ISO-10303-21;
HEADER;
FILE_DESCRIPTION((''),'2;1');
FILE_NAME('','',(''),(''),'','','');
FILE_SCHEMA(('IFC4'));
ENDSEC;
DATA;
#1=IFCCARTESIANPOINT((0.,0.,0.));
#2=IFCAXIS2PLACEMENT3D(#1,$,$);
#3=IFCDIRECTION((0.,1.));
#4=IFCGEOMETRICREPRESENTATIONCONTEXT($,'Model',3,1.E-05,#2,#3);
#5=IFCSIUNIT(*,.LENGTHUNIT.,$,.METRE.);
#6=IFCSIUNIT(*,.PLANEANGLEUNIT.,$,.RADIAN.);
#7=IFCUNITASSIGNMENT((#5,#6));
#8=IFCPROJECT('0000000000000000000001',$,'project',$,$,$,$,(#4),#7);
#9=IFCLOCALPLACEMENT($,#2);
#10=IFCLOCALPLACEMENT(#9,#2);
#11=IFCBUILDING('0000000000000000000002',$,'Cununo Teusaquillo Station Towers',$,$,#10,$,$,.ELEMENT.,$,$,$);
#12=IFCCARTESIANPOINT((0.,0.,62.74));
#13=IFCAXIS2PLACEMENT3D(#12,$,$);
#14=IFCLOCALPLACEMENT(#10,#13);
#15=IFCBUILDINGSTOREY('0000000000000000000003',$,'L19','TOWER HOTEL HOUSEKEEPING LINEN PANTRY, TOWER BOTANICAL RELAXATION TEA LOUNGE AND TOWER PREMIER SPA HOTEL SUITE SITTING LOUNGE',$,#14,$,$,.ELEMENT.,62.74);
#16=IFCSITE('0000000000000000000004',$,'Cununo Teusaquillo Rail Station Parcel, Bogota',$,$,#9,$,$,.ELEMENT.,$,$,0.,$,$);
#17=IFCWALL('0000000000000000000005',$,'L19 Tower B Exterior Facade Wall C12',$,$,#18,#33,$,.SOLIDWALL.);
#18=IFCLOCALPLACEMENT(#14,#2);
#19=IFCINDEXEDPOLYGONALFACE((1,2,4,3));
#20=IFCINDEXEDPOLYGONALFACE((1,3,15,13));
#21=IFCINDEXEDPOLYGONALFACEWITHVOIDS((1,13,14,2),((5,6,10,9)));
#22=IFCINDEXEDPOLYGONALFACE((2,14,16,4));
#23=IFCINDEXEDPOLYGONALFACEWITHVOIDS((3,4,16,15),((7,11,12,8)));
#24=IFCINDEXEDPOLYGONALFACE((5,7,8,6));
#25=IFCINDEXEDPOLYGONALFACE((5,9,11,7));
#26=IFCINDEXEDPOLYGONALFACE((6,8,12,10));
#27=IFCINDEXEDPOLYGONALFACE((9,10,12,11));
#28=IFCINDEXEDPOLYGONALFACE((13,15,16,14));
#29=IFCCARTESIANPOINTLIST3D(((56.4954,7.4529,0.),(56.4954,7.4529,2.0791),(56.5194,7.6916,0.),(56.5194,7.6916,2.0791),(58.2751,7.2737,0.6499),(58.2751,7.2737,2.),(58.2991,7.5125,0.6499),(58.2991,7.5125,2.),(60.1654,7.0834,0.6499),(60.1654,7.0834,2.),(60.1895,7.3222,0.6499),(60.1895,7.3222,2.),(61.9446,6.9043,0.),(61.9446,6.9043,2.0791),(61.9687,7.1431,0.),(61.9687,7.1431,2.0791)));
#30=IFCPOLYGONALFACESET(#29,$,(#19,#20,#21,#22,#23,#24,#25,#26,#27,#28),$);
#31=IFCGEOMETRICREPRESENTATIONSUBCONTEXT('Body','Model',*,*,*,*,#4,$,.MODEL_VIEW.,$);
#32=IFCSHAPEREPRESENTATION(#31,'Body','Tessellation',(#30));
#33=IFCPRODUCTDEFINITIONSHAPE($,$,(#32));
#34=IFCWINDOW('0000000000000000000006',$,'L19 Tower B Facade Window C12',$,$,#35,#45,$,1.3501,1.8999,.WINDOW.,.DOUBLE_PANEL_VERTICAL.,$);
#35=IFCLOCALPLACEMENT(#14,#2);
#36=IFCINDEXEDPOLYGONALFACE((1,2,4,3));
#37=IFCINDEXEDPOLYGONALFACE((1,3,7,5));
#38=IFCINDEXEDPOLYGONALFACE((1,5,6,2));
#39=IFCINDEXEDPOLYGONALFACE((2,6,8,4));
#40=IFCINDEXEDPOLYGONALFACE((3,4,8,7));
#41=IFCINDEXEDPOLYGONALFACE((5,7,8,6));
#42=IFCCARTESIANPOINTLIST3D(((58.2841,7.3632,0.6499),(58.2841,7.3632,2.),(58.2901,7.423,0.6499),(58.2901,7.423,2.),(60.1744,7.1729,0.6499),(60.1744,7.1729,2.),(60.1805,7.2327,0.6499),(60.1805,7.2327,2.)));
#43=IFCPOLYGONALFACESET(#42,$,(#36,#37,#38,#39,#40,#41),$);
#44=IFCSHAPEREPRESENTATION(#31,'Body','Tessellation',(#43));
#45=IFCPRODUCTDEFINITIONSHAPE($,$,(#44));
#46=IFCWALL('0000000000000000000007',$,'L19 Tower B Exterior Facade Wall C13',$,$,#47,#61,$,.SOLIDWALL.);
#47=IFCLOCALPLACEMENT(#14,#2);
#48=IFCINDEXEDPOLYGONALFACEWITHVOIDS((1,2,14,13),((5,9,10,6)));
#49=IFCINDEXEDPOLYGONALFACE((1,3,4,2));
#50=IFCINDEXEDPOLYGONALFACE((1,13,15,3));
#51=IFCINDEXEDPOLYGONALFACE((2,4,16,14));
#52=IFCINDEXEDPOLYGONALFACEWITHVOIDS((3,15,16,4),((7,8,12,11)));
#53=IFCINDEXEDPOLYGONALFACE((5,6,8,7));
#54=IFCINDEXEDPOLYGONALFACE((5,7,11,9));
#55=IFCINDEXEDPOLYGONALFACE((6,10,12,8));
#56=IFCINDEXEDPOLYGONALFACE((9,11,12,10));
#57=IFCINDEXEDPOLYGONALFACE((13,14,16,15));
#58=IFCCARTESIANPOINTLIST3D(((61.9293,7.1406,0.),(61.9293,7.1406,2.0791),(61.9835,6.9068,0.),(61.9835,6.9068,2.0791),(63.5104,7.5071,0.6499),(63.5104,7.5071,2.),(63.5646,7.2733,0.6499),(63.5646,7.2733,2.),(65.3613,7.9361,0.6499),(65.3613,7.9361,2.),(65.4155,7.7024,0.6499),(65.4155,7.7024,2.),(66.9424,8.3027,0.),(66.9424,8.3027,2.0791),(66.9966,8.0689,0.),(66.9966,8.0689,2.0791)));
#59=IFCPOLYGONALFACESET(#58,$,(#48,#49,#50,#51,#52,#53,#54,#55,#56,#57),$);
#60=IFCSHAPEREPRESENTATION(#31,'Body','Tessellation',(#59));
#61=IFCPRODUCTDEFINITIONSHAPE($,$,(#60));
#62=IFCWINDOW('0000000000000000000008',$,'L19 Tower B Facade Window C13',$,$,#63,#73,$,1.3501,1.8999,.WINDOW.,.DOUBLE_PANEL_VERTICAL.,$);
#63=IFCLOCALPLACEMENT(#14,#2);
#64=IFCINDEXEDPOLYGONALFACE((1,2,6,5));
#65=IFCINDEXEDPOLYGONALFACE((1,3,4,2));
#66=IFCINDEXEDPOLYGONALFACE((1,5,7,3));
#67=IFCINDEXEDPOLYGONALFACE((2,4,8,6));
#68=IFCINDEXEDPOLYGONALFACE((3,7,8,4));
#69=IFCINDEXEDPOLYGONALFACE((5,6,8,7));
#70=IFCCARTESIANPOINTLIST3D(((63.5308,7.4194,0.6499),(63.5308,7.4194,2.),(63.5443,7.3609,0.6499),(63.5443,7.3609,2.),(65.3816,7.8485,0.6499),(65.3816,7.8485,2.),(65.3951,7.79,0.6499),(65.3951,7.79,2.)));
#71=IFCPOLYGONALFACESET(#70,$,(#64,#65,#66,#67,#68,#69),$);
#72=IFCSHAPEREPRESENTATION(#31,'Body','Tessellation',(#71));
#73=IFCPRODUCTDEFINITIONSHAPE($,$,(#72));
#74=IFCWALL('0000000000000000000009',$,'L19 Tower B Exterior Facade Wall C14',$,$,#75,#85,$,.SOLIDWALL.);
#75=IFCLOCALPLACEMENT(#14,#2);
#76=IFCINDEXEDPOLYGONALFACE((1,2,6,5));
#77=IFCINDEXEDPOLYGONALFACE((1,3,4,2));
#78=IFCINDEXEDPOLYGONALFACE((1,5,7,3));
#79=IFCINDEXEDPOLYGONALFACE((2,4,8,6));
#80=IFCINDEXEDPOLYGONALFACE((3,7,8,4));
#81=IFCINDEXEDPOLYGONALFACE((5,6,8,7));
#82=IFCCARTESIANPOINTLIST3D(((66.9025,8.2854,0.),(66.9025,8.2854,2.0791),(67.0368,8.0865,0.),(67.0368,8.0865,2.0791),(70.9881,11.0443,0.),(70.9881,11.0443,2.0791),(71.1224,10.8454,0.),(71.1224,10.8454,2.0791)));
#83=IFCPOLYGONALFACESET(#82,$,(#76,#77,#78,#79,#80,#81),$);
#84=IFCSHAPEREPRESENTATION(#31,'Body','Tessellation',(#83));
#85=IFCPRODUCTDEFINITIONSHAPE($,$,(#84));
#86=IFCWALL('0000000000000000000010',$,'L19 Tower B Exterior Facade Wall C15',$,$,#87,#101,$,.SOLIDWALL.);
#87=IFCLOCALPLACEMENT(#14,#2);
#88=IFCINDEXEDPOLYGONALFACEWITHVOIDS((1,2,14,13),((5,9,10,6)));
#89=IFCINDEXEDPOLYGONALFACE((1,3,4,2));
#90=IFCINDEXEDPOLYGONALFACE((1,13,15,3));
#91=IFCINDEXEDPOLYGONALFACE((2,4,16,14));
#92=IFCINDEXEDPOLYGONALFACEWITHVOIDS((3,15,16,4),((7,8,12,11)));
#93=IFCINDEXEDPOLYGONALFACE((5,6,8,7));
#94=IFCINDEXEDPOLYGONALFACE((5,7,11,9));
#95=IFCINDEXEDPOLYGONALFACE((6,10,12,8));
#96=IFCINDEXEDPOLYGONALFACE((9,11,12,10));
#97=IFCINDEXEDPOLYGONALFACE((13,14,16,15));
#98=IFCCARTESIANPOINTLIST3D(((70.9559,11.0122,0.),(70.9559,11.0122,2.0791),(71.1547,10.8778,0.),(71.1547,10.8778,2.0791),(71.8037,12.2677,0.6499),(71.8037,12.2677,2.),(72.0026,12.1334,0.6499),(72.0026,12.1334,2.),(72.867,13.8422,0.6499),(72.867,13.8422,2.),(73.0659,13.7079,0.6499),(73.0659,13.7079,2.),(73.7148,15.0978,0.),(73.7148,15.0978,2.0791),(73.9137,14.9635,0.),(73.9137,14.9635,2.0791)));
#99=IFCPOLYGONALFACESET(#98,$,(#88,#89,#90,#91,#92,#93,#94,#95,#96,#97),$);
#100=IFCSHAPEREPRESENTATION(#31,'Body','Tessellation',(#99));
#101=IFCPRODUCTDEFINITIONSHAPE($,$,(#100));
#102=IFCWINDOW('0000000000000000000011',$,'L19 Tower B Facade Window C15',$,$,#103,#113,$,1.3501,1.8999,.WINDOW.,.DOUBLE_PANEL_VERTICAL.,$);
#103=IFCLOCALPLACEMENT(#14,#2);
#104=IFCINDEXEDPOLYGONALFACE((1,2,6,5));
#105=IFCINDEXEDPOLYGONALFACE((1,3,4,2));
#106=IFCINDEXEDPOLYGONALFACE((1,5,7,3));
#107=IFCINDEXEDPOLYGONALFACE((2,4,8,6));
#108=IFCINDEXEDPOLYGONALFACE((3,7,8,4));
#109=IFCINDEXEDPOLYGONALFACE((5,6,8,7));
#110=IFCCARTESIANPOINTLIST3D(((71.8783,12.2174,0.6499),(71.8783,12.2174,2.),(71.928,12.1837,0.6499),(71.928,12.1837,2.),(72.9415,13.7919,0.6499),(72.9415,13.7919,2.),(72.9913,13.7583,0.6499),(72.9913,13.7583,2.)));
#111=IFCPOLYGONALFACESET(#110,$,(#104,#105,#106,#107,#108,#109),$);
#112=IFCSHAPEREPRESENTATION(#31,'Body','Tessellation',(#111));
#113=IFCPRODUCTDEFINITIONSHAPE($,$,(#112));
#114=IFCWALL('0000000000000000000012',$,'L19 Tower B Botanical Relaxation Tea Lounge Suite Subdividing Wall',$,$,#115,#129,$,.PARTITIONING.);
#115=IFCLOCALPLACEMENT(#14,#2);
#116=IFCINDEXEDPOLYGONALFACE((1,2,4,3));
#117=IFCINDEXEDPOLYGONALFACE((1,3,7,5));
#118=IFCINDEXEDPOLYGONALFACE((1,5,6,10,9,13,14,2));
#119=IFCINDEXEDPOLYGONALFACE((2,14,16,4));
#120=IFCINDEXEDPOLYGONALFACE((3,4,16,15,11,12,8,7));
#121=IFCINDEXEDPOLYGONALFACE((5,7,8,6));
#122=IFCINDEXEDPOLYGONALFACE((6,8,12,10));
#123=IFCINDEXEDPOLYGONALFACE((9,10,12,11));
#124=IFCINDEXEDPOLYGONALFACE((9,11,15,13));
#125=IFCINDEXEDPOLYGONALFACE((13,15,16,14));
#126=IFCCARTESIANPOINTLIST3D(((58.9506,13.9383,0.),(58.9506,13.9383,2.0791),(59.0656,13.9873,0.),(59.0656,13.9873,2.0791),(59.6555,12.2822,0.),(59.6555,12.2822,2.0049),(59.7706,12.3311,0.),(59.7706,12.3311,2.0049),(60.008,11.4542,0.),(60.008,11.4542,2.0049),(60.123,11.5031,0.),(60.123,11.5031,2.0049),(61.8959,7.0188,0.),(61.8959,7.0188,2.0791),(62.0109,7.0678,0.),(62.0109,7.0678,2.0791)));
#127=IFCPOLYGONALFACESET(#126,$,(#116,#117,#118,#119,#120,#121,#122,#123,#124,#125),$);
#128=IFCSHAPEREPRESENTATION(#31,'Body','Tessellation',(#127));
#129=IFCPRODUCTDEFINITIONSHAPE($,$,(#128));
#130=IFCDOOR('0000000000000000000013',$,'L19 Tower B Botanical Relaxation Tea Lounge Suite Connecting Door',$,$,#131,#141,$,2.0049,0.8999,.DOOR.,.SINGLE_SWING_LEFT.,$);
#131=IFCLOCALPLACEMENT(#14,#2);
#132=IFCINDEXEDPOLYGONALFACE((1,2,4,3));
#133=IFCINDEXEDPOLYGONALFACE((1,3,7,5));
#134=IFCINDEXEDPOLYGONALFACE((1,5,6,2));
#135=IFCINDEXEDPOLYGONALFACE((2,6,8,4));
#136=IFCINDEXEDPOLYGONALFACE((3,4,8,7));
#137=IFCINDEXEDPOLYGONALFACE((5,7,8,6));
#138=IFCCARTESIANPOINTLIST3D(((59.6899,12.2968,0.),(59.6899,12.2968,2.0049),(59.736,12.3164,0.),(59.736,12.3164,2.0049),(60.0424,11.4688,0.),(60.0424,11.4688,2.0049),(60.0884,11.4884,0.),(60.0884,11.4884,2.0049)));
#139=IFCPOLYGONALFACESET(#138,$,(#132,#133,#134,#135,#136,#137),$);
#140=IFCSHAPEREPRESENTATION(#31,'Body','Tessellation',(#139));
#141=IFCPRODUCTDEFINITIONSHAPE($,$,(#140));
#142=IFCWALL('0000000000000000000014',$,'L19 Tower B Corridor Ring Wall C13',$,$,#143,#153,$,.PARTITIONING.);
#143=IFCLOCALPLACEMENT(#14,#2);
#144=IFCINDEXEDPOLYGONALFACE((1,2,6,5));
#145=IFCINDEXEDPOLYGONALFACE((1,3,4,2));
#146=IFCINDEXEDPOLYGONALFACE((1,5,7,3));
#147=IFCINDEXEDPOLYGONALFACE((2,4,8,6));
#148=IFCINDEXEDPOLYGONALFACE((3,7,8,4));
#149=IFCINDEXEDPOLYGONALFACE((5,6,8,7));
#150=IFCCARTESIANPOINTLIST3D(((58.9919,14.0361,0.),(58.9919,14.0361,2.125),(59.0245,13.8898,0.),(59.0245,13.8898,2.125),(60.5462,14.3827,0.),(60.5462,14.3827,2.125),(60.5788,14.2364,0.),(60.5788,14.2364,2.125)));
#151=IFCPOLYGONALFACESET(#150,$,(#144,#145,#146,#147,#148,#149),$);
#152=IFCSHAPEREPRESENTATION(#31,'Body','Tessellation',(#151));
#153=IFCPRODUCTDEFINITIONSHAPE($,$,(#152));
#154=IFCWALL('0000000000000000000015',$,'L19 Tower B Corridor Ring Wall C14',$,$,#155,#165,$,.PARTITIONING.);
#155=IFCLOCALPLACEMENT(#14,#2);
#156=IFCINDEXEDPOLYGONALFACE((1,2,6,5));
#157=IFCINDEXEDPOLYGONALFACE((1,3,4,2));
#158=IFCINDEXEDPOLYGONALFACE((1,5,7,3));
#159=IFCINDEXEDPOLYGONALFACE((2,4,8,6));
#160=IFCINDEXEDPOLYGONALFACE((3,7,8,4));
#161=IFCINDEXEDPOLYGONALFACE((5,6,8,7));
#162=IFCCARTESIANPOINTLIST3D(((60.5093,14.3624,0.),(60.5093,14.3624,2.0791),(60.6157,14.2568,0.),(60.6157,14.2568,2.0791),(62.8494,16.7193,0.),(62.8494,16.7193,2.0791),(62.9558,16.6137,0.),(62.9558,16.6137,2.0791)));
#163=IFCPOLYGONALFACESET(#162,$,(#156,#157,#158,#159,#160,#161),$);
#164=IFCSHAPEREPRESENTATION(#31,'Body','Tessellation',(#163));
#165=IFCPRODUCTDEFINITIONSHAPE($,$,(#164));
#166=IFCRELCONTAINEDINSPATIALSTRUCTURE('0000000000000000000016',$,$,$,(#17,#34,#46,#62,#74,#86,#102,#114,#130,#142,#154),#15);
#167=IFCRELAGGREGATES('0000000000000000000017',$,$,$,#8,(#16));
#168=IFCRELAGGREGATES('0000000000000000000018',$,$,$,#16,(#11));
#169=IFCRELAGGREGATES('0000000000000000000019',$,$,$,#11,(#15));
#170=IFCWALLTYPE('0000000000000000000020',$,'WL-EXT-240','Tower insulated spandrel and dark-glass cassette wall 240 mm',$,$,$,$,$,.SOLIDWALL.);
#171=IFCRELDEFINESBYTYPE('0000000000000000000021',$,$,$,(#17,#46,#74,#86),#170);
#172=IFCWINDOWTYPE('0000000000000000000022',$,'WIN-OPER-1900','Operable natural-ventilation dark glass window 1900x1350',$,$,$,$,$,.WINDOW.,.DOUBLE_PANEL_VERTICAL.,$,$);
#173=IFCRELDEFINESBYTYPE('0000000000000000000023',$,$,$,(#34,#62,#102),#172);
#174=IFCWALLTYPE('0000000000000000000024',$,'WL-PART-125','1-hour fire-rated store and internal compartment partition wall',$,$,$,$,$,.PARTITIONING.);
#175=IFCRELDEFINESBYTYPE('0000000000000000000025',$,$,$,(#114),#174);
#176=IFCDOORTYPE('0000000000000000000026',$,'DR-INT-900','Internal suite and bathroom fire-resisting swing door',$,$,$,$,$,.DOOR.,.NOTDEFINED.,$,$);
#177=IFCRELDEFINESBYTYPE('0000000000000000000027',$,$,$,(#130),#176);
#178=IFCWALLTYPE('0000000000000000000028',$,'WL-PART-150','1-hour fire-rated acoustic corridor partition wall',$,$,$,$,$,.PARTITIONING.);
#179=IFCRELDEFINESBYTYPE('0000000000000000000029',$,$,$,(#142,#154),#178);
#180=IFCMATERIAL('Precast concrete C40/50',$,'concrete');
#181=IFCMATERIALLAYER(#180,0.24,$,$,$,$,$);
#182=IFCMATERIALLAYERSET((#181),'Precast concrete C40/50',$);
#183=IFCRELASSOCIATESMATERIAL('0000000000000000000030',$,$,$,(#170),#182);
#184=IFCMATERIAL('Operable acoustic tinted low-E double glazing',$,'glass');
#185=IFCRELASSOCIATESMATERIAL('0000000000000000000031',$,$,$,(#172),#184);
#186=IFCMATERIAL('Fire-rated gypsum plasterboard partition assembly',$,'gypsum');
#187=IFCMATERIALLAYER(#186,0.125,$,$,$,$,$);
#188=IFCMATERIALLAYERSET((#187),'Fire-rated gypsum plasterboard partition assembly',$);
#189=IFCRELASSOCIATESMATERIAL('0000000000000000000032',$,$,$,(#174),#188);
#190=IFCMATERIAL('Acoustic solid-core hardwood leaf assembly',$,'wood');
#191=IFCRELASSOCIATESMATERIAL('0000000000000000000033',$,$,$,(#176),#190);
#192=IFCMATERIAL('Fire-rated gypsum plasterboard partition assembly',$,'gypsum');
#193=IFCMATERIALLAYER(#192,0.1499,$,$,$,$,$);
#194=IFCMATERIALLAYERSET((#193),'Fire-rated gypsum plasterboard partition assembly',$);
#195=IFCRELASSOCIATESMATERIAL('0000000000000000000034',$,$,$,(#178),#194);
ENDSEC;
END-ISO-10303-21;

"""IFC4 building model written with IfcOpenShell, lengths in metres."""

from ifc_helpers import new_model, si_unit, direction, frame, frame_2d, origin, place, context, subcontext, project, spatial, rectangle, extrude, source, transform, mapped, material, layer, layer_set, type_object, element, fill, save


model = new_model("IFC4")

# Units and contexts
model_context = context("Model", 3, precision=1e-05, world=origin(), true_north=direction((0.0, 1.0)))
body_context = subcontext(model_context, "Body", "Model", "MODEL_VIEW")
ifc_project = project(units=[si_unit("LENGTHUNIT", "METRE"), si_unit("PLANEANGLEUNIT", "RADIAN")], contexts=[model_context])

# Site, building, storey
site_placement = place(None, origin())
site = spatial("IfcSite", under=ifc_project, at=site_placement, Name="Cununo Teusaquillo Rail Station Parcel, Bogota", CompositionType="ELEMENT", RefElevation=0.0)
building_placement = place(site_placement, origin())
building = spatial("IfcBuilding", under=site, at=building_placement, Name="Cununo Teusaquillo Station Towers", CompositionType="ELEMENT")
storey_placement = place(building_placement, frame((0.0, 0.0, 62.74)))
storey = spatial("IfcBuildingStorey", under=building, at=storey_placement, Name="L19", Description="TOWER HOTEL HOUSEKEEPING LINEN PANTRY, TOWER BOTANICAL RELAXATION TEA LOUNGE AND TOWER PREMIER SPA HOTEL SUITE SITTING LOUNGE", CompositionType="ELEMENT", Elevation=62.74)

# Walls, openings, windows
ifc_material_1 = material(Name="Precast concrete C40/50", Category="concrete")
ifc_layer_1 = layer(ifc_material_1, 0.24)
ifc_layer_set_1 = layer_set([ifc_layer_1], Name="Precast concrete C40/50")
wall_type_1 = type_object("IfcWallType", Name="WL-EXT-240", Description="Tower insulated spandrel and dark-glass cassette wall 240 mm", PredefinedType="SOLIDWALL", material=ifc_layer_set_1)
wall_1_placement = place(storey_placement, frame((61.9565, 7.0237, 0.0), z_axis=(0.0, 0.0, 1.0), x_axis=(-0.994971, 0.100166, 0.0)))
wall_1 = element("IfcWall", 1, at=wall_1_placement, inside=storey, type_object=wall_type_1, Name="L19 Tower B Exterior Facade Wall C12", PredefinedType="SOLIDWALL", context=body_context, shape_type="SweptSolid", body=[
    extrude(rectangle(XDim=5.4768, YDim=0.24, at=frame_2d((2.7383, 0.0))), origin(), (0.0, 0.0, 1.0), 2.0791),
])
shared_shape_1 = source(origin(), body_context, "Body", "SweptSolid", [
    extrude(rectangle(XDim=1.8999, YDim=1.3501, at=frame_2d((0.95, 0.675))), frame((0.0, 0.1299, 0.0), z_axis=(0.0, -1.0, 0.0), x_axis=(1.0, 0.0, 0.0)), (0.0, 0.0, 1.0), 0.26),
])
opening_1_placement = place(wall_1_placement, frame((1.7881, 0.0, 0.6499)))
opening_1 = element("IfcOpeningElement", 2, at=opening_1_placement, cuts=wall_1, PredefinedType="OPENING", context=body_context, shape_type="MappedRepresentation", body=[
    mapped(shared_shape_1, transform((0.0, 0.0, 0.0), x_axis=(1.0, 0.0, 0.0), y_axis=(0.0, 1.0, 0.0), z_axis=(0.0, 0.0, 1.0), scale=1.0)),
])
ifc_material_2 = material(Name="Operable acoustic tinted low-E double glazing", Category="glass")
window_type = type_object("IfcWindowType", Name="WIN-OPER-1900", Description="Operable natural-ventilation dark glass window 1900x1350", PartitioningType="DOUBLE_PANEL_VERTICAL", PredefinedType="WINDOW", material=ifc_material_2)
shared_shape_2 = source(origin(), body_context, "Body", "SweptSolid", [
    extrude(rectangle(XDim=1.8999, YDim=1.3501, at=frame_2d((0.95, 0.675))), frame((0.0, 0.03, 0.0), z_axis=(0.0, -1.0, 0.0), x_axis=(1.0, 0.0, 0.0)), (0.0, 0.0, 1.0), 0.0601),
])
window_1_placement = place(opening_1_placement, origin())
window_1 = element("IfcWindow", 3, at=window_1_placement, inside=storey, type_object=window_type, Name="L19 Tower B Facade Window C12", OverallHeight=1.3501, OverallWidth=1.8999, PartitioningType="DOUBLE_PANEL_VERTICAL", PredefinedType="WINDOW", context=body_context, shape_type="MappedRepresentation", body=[
    mapped(shared_shape_2, transform((0.0, 0.0, 0.0), x_axis=(1.0, 0.0, 0.0), y_axis=(0.0, 1.0, 0.0), z_axis=(0.0, 0.0, 1.0), scale=1.0)),
])
fill(opening_1, window_1)
wall_2_placement = place(storey_placement, frame((66.9695, 8.1858, 0.0), z_axis=(0.0, 0.0, 1.0), x_axis=(-0.974166, -0.225833, 0.0)))
wall_2 = element("IfcWall", 4, at=wall_2_placement, inside=storey, type_object=wall_type_1, Name="L19 Tower B Exterior Facade Wall C13", PredefinedType="SOLIDWALL", context=body_context, shape_type="SweptSolid", body=[
    extrude(rectangle(XDim=5.146, YDim=0.24, at=frame_2d((2.573, 0.0))), origin(), (0.0, 0.0, 1.0), 2.0791),
])
opening_2_placement = place(wall_2_placement, frame((1.623, 0.0, 0.6499)))
opening_2 = element("IfcOpeningElement", 5, at=opening_2_placement, cuts=wall_2, PredefinedType="OPENING", context=body_context, shape_type="MappedRepresentation", body=[
    mapped(shared_shape_1, transform((0.0, 0.0, 0.0), x_axis=(1.0, 0.0, 0.0), y_axis=(0.0, 1.0, 0.0), z_axis=(0.0, 0.0, 1.0), scale=1.0)),
])
window_2_placement = place(opening_2_placement, origin())
window_2 = element("IfcWindow", 6, at=window_2_placement, inside=storey, type_object=window_type, Name="L19 Tower B Facade Window C13", OverallHeight=1.3501, OverallWidth=1.8999, PartitioningType="DOUBLE_PANEL_VERTICAL", PredefinedType="WINDOW", context=body_context, shape_type="MappedRepresentation", body=[
    mapped(shared_shape_2, transform((0.0, 0.0, 0.0), x_axis=(1.0, 0.0, 0.0), y_axis=(0.0, 1.0, 0.0), z_axis=(0.0, 0.0, 1.0), scale=1.0)),
])
fill(opening_2, window_2)

# Wall
wall_3_placement = place(storey_placement, frame((71.0552, 10.9448, 0.0), z_axis=(0.0, 0.0, 1.0), x_axis=(-0.828737, -0.559639, 0.0)))
element("IfcWall", 7, at=wall_3_placement, inside=storey, type_object=wall_type_1, Name="L19 Tower B Exterior Facade Wall C14", PredefinedType="SOLIDWALL", context=body_context, shape_type="SweptSolid", body=[
    extrude(rectangle(XDim=4.9299, YDim=0.24, at=frame_2d((2.4648, 0.0))), origin(), (0.0, 0.0, 1.0), 2.0791),
])

# Wall, opening, window
wall_4_placement = place(storey_placement, frame((73.8142, 15.0305, 0.0), z_axis=(0.0, 0.0, 1.0), x_axis=(-0.559639, -0.828737, 0.0)))
wall_4 = element("IfcWall", 8, at=wall_4_placement, inside=storey, type_object=wall_type_1, Name="L19 Tower B Exterior Facade Wall C15", PredefinedType="SOLIDWALL", context=body_context, shape_type="SweptSolid", body=[
    extrude(rectangle(XDim=4.9299, YDim=0.24, at=frame_2d((2.4648, 0.0))), origin(), (0.0, 0.0, 1.0), 2.0791),
])
opening_3_placement = place(wall_4_placement, frame((1.5149, 0.0, 0.6499)))
opening_3 = element("IfcOpeningElement", 9, at=opening_3_placement, cuts=wall_4, PredefinedType="OPENING", context=body_context, shape_type="MappedRepresentation", body=[
    mapped(shared_shape_1, transform((0.0, 0.0, 0.0), x_axis=(1.0, 0.0, 0.0), y_axis=(0.0, 1.0, 0.0), z_axis=(0.0, 0.0, 1.0), scale=1.0)),
])
window_3_placement = place(opening_3_placement, origin())
window_3 = element("IfcWindow", 10, at=window_3_placement, inside=storey, type_object=window_type, Name="L19 Tower B Facade Window C15", OverallHeight=1.3501, OverallWidth=1.8999, PartitioningType="DOUBLE_PANEL_VERTICAL", PredefinedType="WINDOW", context=body_context, shape_type="MappedRepresentation", body=[
    mapped(shared_shape_2, transform((0.0, 0.0, 0.0), x_axis=(1.0, 0.0, 0.0), y_axis=(0.0, 1.0, 0.0), z_axis=(0.0, 0.0, 1.0), scale=1.0)),
])
fill(opening_3, window_3)

# Wall, opening, door
ifc_material_3 = material(Name="Fire-rated gypsum plasterboard partition assembly", Category="gypsum")
ifc_layer_2 = layer(ifc_material_3, 0.125)
ifc_layer_set_2 = layer_set([ifc_layer_2], Name="Fire-rated gypsum plasterboard partition assembly")
wall_type_2 = type_object("IfcWallType", Name="WL-PART-125", Description="1-hour fire-rated store and internal compartment partition wall", PredefinedType="PARTITIONING", material=ifc_layer_set_2)
wall_5_placement = place(storey_placement, frame((59.0081, 13.9629, 0.0), z_axis=(0.0, 0.0, 1.0), x_axis=(0.391653, -0.920113, 0.0)))
wall_5 = element("IfcWall", 11, at=wall_5_placement, inside=storey, type_object=wall_type_2, Name="L19 Tower B Botanical Relaxation Tea Lounge Suite Subdividing Wall", PredefinedType="PARTITIONING", context=body_context, shape_type="SweptSolid", body=[
    extrude(rectangle(XDim=7.5203, YDim=0.125, at=frame_2d((3.7603, 0.0))), origin(), (0.0, 0.0, 1.0), 2.0791),
])
shared_shape_3 = source(origin(), body_context, "Body", "SweptSolid", [
    extrude(rectangle(XDim=0.8999, YDim=2.0049, at=frame_2d((0.45, 1.0024))), frame((0.0, 0.0725, 0.0), z_axis=(0.0, -1.0, 0.0), x_axis=(1.0, 0.0, 0.0)), (0.0, 0.0, 1.0), 0.145),
])
opening_4_placement = place(wall_5_placement, frame((1.8, 0.0, 0.0)))
opening_4 = element("IfcOpeningElement", 12, at=opening_4_placement, cuts=wall_5, PredefinedType="OPENING", context=body_context, shape_type="MappedRepresentation", body=[
    mapped(shared_shape_3, transform((0.0, 0.0, 0.0), x_axis=(1.0, 0.0, 0.0), y_axis=(0.0, 1.0, 0.0), z_axis=(0.0, 0.0, 1.0), scale=1.0)),
])
ifc_material_4 = material(Name="Acoustic solid-core hardwood leaf assembly", Category="wood")
door_type_1 = type_object("IfcDoorType", Name="DR-INT-900", Description="Internal suite and bathroom fire-resisting swing door", OperationType="NOTDEFINED", PredefinedType="DOOR", material=ifc_material_4)
shared_shape_4 = source(origin(), body_context, "Body", "SweptSolid", [
    extrude(rectangle(XDim=0.8999, YDim=2.0049, at=frame_2d((0.45, 1.0024))), frame((0.0, 0.0249, 0.0), z_axis=(0.0, -1.0, 0.0), x_axis=(1.0, 0.0, 0.0)), (0.0, 0.0, 1.0), 0.05),
])
door_1_placement = place(opening_4_placement, origin())
door_1 = element("IfcDoor", 13, at=door_1_placement, inside=storey, type_object=door_type_1, Name="L19 Tower B Botanical Relaxation Tea Lounge Suite Connecting Door", OperationType="SINGLE_SWING_LEFT", OverallHeight=2.0049, OverallWidth=0.8999, PredefinedType="DOOR", context=body_context, shape_type="MappedRepresentation", body=[
    mapped(shared_shape_4, transform((0.0, 0.0, 0.0), x_axis=(1.0, 0.0, 0.0), y_axis=(0.0, 1.0, 0.0), z_axis=(0.0, 0.0, 1.0), scale=1.0)),
])
fill(opening_4, door_1)

# Walls
ifc_material_5 = material(Name="Fire-rated gypsum plasterboard partition assembly", Category="gypsum")
ifc_layer_3 = layer(ifc_material_5, 0.1499)
ifc_layer_set_3 = layer_set([ifc_layer_3], Name="Fire-rated gypsum plasterboard partition assembly")
wall_type_3 = type_object("IfcWallType", Name="WL-PART-150", Description="1-hour fire-rated acoustic corridor partition wall", PredefinedType="PARTITIONING", material=ifc_layer_set_3)
wall_6_placement = place(storey_placement, frame((59.0081, 13.9629, 0.0), z_axis=(0.0, 0.0, 1.0), x_axis=(0.976021, 0.217677, 0.0)))
element("IfcWall", 14, at=wall_6_placement, inside=storey, type_object=wall_type_3, Name="L19 Tower B Corridor Ring Wall C13", PredefinedType="PARTITIONING", context=body_context, shape_type="SweptSolid", body=[
    extrude(rectangle(XDim=1.5925, YDim=0.1499, at=frame_2d((0.7964, 0.0))), origin(), (0.0, 0.0, 1.0), 2.125),
])
wall_7_placement = place(storey_placement, frame((60.5625, 14.3096, 0.0), z_axis=(0.0, 0.0, 1.0), x_axis=(0.704566, 0.709638, 0.0)))
element("IfcWall", 15, at=wall_7_placement, inside=storey, type_object=wall_type_3, Name="L19 Tower B Corridor Ring Wall C14", PredefinedType="PARTITIONING", context=body_context, shape_type="SweptSolid", body=[
    extrude(rectangle(XDim=3.3213, YDim=0.1499, at=frame_2d((1.6606, 0.0))), origin(), (0.0, 0.0, 1.0), 2.0791),
])

save(model, "model.ifc")
